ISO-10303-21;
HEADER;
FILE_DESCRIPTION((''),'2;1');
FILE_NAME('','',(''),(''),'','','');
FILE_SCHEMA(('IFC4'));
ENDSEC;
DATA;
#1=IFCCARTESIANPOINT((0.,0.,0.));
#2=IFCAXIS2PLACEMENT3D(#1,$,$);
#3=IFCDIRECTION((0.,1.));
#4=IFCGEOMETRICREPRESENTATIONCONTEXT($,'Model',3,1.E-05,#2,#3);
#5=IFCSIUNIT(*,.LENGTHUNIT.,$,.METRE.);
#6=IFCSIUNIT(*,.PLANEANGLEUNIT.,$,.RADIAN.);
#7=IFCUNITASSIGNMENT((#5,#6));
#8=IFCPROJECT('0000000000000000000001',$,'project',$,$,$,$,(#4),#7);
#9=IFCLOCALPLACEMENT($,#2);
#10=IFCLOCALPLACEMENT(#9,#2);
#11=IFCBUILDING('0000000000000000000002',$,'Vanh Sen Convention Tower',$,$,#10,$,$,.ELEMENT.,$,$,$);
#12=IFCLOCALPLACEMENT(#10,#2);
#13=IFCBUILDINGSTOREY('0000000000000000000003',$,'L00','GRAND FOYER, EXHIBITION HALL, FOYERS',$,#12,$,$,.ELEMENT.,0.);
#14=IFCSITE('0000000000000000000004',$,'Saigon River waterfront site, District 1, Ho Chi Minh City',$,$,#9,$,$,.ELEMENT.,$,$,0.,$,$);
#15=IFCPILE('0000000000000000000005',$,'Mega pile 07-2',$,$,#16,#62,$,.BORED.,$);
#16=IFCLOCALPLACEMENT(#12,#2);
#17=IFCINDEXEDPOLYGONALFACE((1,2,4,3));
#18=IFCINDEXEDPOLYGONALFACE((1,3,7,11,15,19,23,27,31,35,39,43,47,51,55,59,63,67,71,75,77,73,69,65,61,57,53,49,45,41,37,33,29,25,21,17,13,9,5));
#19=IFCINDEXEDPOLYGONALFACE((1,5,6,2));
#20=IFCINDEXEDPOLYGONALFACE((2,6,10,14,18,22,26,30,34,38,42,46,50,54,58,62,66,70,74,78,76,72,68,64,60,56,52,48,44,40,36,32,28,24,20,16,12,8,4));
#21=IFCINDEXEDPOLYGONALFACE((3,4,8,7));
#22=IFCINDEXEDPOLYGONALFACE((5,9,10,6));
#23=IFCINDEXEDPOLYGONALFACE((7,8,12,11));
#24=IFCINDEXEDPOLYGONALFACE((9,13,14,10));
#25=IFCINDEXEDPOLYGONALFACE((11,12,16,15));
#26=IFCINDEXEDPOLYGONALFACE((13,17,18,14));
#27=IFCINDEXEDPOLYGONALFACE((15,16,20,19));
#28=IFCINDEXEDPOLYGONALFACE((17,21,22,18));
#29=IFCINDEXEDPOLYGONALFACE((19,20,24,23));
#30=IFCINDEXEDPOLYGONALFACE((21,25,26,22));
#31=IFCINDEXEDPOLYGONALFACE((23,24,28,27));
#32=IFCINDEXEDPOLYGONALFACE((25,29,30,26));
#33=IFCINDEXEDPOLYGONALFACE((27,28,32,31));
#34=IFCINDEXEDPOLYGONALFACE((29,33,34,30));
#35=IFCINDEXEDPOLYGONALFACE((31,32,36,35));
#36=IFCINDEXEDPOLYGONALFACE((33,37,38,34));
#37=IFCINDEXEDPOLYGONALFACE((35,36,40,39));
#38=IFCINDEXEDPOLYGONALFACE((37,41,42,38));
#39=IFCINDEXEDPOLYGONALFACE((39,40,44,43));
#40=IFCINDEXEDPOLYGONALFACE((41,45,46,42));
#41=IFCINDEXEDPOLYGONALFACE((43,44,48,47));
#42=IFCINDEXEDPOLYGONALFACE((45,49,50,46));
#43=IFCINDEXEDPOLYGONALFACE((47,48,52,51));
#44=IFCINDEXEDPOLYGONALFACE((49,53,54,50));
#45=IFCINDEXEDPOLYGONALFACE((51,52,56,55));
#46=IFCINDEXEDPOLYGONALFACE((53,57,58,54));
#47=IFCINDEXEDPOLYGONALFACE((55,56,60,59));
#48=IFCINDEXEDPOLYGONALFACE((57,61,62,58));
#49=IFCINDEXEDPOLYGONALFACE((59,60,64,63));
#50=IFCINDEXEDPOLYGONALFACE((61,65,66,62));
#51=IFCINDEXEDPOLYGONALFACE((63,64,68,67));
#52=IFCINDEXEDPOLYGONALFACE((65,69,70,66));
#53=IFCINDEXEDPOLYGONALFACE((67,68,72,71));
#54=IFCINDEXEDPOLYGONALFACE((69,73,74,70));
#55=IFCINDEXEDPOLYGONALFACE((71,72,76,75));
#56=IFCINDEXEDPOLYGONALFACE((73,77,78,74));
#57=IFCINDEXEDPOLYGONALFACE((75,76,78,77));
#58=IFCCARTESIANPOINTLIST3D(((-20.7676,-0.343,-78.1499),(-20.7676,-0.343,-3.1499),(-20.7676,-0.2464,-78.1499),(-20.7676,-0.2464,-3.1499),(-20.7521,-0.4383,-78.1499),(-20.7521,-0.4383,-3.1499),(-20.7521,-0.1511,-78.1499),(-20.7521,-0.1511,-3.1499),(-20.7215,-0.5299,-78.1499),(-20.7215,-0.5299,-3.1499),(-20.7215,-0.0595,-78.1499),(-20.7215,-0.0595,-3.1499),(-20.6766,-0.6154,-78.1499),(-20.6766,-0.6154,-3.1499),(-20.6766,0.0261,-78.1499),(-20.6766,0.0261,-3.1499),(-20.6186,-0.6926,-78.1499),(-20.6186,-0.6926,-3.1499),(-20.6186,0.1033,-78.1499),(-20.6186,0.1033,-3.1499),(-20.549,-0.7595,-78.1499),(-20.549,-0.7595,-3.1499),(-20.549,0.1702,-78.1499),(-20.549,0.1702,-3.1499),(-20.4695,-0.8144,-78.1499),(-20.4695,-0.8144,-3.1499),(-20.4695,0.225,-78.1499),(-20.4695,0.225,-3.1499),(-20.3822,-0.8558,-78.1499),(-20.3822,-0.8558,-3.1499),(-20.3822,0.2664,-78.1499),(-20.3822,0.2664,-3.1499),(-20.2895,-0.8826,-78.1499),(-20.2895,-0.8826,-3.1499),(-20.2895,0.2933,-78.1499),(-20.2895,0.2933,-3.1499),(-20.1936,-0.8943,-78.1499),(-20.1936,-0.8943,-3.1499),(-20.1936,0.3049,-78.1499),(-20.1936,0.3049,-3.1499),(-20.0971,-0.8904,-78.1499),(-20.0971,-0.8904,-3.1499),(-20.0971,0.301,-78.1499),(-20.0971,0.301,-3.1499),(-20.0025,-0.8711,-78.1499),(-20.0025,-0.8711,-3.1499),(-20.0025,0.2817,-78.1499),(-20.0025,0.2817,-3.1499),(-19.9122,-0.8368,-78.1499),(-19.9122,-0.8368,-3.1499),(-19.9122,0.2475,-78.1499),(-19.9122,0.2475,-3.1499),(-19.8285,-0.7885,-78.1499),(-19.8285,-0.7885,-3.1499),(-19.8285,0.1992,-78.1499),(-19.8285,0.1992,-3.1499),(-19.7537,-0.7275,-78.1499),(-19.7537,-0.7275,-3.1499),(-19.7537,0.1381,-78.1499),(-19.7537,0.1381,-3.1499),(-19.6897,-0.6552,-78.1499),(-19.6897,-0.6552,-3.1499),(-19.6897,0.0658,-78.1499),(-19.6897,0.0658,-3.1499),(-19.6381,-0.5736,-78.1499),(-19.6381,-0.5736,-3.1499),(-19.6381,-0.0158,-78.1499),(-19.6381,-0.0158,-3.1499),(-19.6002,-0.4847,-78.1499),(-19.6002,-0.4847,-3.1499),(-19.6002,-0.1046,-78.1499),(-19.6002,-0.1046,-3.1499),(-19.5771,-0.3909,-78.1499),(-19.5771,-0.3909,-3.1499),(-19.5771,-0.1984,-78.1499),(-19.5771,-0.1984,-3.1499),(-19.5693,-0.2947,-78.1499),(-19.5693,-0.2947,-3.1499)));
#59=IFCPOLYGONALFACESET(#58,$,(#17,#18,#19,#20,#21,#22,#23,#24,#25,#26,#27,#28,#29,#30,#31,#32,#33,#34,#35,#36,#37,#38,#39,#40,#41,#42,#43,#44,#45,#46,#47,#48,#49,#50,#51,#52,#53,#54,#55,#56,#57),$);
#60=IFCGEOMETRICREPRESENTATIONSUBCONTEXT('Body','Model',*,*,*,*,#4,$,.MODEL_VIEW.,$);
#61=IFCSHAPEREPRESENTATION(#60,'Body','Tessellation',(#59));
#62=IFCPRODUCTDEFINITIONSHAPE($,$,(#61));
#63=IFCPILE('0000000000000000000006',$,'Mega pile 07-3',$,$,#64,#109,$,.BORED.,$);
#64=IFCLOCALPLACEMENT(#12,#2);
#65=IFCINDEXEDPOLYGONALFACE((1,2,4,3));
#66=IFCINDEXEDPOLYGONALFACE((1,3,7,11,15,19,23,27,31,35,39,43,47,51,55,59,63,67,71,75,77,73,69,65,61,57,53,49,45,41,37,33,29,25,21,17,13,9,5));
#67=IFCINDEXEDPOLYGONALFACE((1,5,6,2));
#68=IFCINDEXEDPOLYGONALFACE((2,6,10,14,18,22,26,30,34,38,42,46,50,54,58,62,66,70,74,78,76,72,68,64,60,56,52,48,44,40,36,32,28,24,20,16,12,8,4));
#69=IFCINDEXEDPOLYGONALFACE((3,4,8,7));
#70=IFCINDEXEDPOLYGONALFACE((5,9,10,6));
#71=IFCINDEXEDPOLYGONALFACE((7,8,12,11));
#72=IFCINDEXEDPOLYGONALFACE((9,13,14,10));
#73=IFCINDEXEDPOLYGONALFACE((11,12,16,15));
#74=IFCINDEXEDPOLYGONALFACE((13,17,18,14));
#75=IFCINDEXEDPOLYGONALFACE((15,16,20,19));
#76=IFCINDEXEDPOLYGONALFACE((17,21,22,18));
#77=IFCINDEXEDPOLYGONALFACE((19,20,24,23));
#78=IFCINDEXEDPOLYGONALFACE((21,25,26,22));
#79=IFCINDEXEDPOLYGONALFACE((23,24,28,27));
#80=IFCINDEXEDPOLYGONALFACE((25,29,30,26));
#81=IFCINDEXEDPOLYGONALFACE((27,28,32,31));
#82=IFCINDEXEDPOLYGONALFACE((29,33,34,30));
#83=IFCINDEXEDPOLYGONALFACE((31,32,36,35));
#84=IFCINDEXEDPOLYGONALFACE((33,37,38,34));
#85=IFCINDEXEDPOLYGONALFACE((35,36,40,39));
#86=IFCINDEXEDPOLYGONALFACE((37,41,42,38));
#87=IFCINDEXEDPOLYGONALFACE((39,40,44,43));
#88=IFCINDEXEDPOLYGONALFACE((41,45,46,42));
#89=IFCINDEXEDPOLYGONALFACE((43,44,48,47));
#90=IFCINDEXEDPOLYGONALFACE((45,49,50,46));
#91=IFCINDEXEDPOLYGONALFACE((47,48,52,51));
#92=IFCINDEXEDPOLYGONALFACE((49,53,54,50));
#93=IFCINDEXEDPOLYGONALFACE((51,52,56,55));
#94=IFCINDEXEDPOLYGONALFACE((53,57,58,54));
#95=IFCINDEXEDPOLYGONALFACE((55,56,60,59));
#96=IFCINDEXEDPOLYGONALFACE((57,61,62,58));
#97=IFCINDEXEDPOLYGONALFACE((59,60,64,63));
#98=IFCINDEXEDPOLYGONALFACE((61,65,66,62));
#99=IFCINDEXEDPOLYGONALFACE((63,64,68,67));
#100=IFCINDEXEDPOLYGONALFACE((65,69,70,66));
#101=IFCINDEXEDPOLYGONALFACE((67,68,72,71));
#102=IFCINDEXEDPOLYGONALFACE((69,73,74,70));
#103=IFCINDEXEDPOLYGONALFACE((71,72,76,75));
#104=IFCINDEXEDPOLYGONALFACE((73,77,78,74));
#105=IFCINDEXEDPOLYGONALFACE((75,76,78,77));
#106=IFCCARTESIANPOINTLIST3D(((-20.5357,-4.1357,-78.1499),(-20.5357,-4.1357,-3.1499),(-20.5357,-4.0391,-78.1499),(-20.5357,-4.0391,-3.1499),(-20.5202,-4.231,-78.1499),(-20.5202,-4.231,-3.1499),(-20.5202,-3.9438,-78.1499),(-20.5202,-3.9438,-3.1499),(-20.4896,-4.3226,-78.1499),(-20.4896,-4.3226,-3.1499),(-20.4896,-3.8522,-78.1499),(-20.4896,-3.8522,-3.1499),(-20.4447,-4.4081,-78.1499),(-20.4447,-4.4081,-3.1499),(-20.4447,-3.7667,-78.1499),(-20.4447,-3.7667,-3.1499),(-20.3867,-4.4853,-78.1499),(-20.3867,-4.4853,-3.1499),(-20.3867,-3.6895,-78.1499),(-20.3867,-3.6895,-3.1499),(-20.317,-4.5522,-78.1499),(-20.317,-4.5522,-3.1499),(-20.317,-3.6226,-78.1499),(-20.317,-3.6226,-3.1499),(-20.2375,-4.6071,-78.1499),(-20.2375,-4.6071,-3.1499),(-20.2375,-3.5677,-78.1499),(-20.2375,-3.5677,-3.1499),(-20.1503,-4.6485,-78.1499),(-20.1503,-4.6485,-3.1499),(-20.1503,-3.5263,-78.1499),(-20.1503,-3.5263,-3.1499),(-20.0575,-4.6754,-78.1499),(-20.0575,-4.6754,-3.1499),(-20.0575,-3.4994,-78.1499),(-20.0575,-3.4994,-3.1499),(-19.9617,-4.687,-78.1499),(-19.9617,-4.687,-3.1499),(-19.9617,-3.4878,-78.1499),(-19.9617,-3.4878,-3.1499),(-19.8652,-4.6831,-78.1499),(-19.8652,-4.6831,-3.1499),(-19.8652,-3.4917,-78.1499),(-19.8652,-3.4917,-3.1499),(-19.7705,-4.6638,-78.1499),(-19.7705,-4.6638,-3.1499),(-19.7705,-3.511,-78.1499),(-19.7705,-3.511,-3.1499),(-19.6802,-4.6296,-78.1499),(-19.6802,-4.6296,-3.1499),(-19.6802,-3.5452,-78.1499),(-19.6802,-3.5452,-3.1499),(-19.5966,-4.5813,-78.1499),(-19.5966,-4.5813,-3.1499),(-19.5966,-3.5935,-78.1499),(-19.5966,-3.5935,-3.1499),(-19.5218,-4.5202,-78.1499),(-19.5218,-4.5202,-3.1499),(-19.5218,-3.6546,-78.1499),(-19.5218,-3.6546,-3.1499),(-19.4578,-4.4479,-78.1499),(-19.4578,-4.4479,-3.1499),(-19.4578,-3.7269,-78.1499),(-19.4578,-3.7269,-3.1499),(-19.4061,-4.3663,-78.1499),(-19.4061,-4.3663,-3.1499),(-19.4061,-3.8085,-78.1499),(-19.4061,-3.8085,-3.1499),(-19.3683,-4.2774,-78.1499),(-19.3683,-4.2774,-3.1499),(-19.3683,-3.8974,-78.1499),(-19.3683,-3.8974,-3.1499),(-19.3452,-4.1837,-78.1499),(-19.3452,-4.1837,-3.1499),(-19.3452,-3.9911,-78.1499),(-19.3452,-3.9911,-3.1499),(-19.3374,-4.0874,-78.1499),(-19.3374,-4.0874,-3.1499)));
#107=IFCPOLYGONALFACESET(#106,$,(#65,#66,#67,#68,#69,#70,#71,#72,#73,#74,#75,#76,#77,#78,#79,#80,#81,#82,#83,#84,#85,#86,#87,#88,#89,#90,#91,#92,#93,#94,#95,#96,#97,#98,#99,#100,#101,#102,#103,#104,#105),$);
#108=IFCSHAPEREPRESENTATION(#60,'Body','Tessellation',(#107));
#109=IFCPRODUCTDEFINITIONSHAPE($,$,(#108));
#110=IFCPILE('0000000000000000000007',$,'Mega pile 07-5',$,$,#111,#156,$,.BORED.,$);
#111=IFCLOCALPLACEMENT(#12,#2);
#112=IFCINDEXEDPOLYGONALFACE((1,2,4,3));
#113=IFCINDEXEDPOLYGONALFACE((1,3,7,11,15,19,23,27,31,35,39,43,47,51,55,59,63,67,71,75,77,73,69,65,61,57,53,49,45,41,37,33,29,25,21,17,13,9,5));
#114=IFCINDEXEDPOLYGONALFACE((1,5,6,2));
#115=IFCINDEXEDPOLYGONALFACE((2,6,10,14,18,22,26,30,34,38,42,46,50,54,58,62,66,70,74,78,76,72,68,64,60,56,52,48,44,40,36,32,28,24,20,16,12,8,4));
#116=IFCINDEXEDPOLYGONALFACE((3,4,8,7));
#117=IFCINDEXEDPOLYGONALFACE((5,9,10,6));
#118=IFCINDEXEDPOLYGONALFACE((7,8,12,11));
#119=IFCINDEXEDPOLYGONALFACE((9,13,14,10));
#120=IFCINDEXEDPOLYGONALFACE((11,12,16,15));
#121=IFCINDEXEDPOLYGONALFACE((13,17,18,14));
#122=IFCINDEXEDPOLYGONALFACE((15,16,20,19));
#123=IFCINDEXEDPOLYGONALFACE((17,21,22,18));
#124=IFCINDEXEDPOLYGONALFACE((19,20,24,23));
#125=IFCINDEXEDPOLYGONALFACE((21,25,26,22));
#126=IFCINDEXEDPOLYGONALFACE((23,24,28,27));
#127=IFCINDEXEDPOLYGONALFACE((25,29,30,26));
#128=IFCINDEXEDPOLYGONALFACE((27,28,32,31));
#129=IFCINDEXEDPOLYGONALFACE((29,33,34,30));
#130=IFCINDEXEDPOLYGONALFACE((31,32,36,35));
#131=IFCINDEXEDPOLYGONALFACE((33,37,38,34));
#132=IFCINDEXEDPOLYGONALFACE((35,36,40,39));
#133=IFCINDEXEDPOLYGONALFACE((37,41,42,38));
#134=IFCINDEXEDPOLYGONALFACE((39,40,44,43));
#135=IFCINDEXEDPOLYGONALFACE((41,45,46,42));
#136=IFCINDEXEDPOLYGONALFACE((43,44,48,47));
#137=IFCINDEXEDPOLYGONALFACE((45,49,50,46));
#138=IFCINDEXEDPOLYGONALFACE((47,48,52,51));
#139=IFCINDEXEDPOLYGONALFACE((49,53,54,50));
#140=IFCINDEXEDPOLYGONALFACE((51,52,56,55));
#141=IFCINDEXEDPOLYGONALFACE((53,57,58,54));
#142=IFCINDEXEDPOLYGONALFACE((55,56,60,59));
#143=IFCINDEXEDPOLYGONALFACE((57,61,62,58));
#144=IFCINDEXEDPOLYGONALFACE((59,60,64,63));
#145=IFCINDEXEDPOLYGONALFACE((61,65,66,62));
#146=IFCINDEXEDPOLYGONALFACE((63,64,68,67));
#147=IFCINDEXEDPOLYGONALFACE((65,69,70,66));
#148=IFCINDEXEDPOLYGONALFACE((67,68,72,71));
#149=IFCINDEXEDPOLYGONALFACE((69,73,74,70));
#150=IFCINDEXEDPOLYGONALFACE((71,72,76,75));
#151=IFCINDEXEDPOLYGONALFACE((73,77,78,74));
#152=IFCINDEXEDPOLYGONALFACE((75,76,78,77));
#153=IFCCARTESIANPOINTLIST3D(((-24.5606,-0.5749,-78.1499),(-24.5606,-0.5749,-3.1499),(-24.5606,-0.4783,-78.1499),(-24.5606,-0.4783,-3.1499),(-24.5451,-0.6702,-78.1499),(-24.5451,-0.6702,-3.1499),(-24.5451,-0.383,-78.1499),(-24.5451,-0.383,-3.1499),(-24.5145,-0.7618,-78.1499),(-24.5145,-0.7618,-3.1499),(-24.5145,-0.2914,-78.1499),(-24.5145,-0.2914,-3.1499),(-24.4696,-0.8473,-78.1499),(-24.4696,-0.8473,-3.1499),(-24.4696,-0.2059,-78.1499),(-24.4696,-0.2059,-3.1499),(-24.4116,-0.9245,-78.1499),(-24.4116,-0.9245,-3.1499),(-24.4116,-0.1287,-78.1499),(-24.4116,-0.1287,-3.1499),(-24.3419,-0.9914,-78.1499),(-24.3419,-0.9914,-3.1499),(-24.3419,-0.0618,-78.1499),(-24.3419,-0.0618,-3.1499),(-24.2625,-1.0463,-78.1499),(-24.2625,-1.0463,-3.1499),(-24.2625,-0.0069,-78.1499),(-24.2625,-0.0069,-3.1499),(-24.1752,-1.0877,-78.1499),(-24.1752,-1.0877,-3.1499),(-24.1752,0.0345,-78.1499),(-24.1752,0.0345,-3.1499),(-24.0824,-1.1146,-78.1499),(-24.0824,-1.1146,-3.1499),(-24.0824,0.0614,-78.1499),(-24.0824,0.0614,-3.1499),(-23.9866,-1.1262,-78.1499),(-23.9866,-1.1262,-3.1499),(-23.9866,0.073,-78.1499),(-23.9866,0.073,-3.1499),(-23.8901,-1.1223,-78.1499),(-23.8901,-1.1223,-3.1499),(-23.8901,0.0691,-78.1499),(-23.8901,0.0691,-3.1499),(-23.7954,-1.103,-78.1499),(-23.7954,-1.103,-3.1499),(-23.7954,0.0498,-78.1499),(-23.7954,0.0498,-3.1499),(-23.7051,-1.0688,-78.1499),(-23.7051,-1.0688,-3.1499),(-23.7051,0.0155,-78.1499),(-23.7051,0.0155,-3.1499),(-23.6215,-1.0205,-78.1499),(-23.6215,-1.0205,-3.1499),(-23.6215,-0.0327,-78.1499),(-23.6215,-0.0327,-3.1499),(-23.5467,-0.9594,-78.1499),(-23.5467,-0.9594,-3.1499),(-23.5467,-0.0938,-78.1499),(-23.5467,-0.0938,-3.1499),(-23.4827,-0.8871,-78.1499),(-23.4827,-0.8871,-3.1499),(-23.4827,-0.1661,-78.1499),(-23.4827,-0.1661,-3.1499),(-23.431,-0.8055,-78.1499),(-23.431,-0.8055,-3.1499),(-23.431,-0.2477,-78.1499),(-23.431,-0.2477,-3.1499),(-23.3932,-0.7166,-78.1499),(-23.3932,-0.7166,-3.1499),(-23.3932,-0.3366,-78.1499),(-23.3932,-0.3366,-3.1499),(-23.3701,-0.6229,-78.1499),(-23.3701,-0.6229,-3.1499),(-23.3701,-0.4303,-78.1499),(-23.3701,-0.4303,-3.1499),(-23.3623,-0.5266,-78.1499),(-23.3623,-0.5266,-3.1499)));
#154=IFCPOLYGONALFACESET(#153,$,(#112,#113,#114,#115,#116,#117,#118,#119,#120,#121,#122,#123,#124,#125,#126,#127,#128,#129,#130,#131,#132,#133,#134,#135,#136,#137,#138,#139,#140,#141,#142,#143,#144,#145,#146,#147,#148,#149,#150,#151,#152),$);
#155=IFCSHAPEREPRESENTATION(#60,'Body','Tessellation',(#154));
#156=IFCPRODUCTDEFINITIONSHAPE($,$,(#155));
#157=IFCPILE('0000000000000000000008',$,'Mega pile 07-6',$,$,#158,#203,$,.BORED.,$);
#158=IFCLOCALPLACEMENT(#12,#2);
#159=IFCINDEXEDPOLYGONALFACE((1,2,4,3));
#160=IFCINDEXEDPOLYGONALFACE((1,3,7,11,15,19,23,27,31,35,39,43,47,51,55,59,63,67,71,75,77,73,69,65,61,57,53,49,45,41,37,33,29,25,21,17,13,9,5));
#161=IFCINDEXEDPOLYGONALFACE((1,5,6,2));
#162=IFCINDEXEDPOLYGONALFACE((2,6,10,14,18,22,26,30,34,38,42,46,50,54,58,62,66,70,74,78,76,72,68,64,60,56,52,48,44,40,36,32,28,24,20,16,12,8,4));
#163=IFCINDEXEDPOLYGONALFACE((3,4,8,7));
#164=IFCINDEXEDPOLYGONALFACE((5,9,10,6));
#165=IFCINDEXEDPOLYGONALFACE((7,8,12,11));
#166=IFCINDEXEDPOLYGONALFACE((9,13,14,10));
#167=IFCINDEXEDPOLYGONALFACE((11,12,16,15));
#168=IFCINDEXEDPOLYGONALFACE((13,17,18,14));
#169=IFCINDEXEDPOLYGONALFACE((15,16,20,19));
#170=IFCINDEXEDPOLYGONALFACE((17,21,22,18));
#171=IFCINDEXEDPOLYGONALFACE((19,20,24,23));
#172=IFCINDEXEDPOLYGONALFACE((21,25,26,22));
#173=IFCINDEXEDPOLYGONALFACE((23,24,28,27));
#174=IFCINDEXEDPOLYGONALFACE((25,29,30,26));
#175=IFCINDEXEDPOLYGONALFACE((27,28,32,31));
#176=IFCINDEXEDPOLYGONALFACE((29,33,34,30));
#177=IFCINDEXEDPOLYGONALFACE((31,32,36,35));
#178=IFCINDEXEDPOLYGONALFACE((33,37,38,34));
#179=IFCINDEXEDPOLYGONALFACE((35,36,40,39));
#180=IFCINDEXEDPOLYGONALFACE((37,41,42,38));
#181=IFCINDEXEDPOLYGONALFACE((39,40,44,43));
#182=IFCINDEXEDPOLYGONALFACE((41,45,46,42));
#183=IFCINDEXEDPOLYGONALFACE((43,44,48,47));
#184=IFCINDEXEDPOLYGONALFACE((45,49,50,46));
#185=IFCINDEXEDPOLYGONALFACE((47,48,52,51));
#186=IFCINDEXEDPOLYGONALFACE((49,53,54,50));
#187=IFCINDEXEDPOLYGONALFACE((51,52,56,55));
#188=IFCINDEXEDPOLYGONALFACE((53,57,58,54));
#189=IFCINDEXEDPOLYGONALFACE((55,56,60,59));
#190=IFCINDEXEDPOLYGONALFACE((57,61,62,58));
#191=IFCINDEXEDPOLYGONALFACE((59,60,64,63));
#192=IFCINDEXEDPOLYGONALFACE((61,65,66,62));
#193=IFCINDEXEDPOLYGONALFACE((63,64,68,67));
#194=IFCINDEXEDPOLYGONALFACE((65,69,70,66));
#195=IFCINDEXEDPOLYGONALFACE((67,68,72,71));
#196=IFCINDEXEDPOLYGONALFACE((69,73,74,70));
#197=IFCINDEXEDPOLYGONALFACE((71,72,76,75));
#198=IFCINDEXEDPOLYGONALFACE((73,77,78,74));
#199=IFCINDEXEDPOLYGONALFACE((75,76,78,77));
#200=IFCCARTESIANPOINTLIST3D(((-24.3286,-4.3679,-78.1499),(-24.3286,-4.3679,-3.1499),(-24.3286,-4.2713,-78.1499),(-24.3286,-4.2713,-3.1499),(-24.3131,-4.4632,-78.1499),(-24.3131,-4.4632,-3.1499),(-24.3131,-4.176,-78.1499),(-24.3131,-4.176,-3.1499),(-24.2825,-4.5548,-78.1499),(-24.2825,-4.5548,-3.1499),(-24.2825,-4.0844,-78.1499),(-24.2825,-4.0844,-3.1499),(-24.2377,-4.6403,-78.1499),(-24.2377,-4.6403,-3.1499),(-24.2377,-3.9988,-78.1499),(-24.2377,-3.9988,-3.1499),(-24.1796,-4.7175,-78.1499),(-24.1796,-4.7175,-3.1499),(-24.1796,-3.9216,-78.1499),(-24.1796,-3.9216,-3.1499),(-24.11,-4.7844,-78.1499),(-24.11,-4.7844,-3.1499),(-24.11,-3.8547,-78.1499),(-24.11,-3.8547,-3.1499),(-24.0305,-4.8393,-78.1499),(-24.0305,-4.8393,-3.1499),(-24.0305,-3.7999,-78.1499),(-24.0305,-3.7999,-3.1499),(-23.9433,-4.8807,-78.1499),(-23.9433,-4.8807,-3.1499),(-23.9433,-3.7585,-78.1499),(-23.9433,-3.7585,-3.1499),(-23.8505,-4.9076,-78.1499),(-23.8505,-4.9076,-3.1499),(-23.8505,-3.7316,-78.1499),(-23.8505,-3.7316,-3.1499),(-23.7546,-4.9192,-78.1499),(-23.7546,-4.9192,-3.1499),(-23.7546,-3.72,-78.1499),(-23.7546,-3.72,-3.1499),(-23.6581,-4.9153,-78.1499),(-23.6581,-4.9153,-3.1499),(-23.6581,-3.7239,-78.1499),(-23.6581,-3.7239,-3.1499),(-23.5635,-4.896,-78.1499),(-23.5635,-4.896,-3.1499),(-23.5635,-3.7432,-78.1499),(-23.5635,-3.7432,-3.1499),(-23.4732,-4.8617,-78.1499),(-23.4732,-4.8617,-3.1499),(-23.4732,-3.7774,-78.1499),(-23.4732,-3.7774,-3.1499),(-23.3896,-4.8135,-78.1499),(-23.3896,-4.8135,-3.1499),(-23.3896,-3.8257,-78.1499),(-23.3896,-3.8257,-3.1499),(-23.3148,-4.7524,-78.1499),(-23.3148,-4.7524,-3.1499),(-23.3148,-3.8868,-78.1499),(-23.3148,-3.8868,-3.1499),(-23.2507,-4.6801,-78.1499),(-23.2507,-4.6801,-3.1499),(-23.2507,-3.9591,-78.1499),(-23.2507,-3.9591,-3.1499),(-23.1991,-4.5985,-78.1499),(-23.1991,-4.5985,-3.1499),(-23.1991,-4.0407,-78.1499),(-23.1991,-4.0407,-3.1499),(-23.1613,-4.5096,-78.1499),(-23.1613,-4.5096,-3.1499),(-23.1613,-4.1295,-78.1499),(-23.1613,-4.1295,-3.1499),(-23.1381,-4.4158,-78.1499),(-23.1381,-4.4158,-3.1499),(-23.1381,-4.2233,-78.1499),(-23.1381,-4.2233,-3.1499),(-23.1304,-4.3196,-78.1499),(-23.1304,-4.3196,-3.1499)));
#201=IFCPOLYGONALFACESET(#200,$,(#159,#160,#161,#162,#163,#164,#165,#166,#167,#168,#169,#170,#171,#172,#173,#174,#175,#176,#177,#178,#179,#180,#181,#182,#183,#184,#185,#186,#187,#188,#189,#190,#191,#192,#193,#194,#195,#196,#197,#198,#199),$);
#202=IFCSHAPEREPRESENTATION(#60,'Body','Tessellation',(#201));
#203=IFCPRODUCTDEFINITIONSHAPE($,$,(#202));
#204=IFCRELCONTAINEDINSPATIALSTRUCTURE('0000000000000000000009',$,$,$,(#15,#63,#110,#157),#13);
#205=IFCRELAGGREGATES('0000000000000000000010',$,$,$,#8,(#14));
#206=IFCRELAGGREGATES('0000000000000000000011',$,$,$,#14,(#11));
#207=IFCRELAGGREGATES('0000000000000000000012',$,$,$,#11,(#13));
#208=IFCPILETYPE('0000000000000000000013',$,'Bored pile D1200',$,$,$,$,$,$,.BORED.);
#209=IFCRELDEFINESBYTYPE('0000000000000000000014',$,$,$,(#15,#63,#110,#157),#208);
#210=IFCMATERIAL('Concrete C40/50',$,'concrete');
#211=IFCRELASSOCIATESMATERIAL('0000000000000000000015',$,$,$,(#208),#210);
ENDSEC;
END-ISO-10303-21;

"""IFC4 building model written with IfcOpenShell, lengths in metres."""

from ifc_helpers import new_model, si_unit, direction, frame, origin, origin_2d, place, context, subcontext, project, spatial, circle, extrude, material, material_profile, profile_set, type_object, element, save


model = new_model("IFC4")

# Units and contexts
model_context = context("Model", 3, precision=1e-05, world=origin(), true_north=direction((0.0, 1.0)))
body_context = subcontext(model_context, "Body", "Model", "MODEL_VIEW")
ifc_project = project(units=[si_unit("LENGTHUNIT", "METRE"), si_unit("PLANEANGLEUNIT", "RADIAN")], contexts=[model_context])

# Site, building, storey
site_placement = place(None, origin())
site = spatial("IfcSite", under=ifc_project, at=site_placement, Name="Saigon River waterfront site, District 1, Ho Chi Minh City", CompositionType="ELEMENT", RefElevation=0.0)
building_placement = place(site_placement, origin())
building = spatial("IfcBuilding", under=site, at=building_placement, Name="Vanh Sen Convention Tower", CompositionType="ELEMENT")
storey_placement = place(building_placement, origin())
storey = spatial("IfcBuildingStorey", under=building, at=storey_placement, Name="L00", Description="GRAND FOYER, EXHIBITION HALL, FOYERS", CompositionType="ELEMENT", Elevation=0.0)

# Piles
ifc_material_1 = material(Name="Concrete C40/50", Category="concrete")
ifc_material_profile_1 = material_profile(ifc_material_1, circle(Radius=0.6001, at=origin_2d()), Name="Bored pile D1200")
ifc_profile_set_1 = profile_set([ifc_material_profile_1], Name="Concrete C40/50")
pile_type_1 = type_object("IfcPileType", Name="Bored pile D1200", PredefinedType="BORED", material=ifc_profile_set_1)
for number, where, z_axis, x_axis, name in (
    (1, (-20.1694, -0.2947, -3.1499), (0.0, 0.0, -1.0), (1.0, 0.0, 0.0), "Mega pile 07-2"),
    (2, (-19.9375, -4.0874, -3.1499), (0.0, 0.0, -1.0), (1.0, 0.0, 0.0), "Mega pile 07-3"),
    (3, (-23.9624, -0.5266, -3.1499), (0.0, 0.0, -1.0), (1.0, 0.0, 0.0), "Mega pile 07-5"),
    (4, (-23.7305, -4.3196, -3.1499), (0.0, 0.0, -1.0), (1.0, 0.0, 0.0), "Mega pile 07-6"),
):
    element("IfcPile", number, at=place(storey_placement, frame(where, z_axis=z_axis, x_axis=x_axis)), inside=storey, type_object=pile_type_1, Name=name, PredefinedType="BORED", context=body_context, shape_type="SweptSolid", body=[
        extrude(circle(Radius=0.6001, at=origin_2d()), origin(), (0.0, 0.0, 1.0), 75.0),
    ])

save(model, "model.ifc")
